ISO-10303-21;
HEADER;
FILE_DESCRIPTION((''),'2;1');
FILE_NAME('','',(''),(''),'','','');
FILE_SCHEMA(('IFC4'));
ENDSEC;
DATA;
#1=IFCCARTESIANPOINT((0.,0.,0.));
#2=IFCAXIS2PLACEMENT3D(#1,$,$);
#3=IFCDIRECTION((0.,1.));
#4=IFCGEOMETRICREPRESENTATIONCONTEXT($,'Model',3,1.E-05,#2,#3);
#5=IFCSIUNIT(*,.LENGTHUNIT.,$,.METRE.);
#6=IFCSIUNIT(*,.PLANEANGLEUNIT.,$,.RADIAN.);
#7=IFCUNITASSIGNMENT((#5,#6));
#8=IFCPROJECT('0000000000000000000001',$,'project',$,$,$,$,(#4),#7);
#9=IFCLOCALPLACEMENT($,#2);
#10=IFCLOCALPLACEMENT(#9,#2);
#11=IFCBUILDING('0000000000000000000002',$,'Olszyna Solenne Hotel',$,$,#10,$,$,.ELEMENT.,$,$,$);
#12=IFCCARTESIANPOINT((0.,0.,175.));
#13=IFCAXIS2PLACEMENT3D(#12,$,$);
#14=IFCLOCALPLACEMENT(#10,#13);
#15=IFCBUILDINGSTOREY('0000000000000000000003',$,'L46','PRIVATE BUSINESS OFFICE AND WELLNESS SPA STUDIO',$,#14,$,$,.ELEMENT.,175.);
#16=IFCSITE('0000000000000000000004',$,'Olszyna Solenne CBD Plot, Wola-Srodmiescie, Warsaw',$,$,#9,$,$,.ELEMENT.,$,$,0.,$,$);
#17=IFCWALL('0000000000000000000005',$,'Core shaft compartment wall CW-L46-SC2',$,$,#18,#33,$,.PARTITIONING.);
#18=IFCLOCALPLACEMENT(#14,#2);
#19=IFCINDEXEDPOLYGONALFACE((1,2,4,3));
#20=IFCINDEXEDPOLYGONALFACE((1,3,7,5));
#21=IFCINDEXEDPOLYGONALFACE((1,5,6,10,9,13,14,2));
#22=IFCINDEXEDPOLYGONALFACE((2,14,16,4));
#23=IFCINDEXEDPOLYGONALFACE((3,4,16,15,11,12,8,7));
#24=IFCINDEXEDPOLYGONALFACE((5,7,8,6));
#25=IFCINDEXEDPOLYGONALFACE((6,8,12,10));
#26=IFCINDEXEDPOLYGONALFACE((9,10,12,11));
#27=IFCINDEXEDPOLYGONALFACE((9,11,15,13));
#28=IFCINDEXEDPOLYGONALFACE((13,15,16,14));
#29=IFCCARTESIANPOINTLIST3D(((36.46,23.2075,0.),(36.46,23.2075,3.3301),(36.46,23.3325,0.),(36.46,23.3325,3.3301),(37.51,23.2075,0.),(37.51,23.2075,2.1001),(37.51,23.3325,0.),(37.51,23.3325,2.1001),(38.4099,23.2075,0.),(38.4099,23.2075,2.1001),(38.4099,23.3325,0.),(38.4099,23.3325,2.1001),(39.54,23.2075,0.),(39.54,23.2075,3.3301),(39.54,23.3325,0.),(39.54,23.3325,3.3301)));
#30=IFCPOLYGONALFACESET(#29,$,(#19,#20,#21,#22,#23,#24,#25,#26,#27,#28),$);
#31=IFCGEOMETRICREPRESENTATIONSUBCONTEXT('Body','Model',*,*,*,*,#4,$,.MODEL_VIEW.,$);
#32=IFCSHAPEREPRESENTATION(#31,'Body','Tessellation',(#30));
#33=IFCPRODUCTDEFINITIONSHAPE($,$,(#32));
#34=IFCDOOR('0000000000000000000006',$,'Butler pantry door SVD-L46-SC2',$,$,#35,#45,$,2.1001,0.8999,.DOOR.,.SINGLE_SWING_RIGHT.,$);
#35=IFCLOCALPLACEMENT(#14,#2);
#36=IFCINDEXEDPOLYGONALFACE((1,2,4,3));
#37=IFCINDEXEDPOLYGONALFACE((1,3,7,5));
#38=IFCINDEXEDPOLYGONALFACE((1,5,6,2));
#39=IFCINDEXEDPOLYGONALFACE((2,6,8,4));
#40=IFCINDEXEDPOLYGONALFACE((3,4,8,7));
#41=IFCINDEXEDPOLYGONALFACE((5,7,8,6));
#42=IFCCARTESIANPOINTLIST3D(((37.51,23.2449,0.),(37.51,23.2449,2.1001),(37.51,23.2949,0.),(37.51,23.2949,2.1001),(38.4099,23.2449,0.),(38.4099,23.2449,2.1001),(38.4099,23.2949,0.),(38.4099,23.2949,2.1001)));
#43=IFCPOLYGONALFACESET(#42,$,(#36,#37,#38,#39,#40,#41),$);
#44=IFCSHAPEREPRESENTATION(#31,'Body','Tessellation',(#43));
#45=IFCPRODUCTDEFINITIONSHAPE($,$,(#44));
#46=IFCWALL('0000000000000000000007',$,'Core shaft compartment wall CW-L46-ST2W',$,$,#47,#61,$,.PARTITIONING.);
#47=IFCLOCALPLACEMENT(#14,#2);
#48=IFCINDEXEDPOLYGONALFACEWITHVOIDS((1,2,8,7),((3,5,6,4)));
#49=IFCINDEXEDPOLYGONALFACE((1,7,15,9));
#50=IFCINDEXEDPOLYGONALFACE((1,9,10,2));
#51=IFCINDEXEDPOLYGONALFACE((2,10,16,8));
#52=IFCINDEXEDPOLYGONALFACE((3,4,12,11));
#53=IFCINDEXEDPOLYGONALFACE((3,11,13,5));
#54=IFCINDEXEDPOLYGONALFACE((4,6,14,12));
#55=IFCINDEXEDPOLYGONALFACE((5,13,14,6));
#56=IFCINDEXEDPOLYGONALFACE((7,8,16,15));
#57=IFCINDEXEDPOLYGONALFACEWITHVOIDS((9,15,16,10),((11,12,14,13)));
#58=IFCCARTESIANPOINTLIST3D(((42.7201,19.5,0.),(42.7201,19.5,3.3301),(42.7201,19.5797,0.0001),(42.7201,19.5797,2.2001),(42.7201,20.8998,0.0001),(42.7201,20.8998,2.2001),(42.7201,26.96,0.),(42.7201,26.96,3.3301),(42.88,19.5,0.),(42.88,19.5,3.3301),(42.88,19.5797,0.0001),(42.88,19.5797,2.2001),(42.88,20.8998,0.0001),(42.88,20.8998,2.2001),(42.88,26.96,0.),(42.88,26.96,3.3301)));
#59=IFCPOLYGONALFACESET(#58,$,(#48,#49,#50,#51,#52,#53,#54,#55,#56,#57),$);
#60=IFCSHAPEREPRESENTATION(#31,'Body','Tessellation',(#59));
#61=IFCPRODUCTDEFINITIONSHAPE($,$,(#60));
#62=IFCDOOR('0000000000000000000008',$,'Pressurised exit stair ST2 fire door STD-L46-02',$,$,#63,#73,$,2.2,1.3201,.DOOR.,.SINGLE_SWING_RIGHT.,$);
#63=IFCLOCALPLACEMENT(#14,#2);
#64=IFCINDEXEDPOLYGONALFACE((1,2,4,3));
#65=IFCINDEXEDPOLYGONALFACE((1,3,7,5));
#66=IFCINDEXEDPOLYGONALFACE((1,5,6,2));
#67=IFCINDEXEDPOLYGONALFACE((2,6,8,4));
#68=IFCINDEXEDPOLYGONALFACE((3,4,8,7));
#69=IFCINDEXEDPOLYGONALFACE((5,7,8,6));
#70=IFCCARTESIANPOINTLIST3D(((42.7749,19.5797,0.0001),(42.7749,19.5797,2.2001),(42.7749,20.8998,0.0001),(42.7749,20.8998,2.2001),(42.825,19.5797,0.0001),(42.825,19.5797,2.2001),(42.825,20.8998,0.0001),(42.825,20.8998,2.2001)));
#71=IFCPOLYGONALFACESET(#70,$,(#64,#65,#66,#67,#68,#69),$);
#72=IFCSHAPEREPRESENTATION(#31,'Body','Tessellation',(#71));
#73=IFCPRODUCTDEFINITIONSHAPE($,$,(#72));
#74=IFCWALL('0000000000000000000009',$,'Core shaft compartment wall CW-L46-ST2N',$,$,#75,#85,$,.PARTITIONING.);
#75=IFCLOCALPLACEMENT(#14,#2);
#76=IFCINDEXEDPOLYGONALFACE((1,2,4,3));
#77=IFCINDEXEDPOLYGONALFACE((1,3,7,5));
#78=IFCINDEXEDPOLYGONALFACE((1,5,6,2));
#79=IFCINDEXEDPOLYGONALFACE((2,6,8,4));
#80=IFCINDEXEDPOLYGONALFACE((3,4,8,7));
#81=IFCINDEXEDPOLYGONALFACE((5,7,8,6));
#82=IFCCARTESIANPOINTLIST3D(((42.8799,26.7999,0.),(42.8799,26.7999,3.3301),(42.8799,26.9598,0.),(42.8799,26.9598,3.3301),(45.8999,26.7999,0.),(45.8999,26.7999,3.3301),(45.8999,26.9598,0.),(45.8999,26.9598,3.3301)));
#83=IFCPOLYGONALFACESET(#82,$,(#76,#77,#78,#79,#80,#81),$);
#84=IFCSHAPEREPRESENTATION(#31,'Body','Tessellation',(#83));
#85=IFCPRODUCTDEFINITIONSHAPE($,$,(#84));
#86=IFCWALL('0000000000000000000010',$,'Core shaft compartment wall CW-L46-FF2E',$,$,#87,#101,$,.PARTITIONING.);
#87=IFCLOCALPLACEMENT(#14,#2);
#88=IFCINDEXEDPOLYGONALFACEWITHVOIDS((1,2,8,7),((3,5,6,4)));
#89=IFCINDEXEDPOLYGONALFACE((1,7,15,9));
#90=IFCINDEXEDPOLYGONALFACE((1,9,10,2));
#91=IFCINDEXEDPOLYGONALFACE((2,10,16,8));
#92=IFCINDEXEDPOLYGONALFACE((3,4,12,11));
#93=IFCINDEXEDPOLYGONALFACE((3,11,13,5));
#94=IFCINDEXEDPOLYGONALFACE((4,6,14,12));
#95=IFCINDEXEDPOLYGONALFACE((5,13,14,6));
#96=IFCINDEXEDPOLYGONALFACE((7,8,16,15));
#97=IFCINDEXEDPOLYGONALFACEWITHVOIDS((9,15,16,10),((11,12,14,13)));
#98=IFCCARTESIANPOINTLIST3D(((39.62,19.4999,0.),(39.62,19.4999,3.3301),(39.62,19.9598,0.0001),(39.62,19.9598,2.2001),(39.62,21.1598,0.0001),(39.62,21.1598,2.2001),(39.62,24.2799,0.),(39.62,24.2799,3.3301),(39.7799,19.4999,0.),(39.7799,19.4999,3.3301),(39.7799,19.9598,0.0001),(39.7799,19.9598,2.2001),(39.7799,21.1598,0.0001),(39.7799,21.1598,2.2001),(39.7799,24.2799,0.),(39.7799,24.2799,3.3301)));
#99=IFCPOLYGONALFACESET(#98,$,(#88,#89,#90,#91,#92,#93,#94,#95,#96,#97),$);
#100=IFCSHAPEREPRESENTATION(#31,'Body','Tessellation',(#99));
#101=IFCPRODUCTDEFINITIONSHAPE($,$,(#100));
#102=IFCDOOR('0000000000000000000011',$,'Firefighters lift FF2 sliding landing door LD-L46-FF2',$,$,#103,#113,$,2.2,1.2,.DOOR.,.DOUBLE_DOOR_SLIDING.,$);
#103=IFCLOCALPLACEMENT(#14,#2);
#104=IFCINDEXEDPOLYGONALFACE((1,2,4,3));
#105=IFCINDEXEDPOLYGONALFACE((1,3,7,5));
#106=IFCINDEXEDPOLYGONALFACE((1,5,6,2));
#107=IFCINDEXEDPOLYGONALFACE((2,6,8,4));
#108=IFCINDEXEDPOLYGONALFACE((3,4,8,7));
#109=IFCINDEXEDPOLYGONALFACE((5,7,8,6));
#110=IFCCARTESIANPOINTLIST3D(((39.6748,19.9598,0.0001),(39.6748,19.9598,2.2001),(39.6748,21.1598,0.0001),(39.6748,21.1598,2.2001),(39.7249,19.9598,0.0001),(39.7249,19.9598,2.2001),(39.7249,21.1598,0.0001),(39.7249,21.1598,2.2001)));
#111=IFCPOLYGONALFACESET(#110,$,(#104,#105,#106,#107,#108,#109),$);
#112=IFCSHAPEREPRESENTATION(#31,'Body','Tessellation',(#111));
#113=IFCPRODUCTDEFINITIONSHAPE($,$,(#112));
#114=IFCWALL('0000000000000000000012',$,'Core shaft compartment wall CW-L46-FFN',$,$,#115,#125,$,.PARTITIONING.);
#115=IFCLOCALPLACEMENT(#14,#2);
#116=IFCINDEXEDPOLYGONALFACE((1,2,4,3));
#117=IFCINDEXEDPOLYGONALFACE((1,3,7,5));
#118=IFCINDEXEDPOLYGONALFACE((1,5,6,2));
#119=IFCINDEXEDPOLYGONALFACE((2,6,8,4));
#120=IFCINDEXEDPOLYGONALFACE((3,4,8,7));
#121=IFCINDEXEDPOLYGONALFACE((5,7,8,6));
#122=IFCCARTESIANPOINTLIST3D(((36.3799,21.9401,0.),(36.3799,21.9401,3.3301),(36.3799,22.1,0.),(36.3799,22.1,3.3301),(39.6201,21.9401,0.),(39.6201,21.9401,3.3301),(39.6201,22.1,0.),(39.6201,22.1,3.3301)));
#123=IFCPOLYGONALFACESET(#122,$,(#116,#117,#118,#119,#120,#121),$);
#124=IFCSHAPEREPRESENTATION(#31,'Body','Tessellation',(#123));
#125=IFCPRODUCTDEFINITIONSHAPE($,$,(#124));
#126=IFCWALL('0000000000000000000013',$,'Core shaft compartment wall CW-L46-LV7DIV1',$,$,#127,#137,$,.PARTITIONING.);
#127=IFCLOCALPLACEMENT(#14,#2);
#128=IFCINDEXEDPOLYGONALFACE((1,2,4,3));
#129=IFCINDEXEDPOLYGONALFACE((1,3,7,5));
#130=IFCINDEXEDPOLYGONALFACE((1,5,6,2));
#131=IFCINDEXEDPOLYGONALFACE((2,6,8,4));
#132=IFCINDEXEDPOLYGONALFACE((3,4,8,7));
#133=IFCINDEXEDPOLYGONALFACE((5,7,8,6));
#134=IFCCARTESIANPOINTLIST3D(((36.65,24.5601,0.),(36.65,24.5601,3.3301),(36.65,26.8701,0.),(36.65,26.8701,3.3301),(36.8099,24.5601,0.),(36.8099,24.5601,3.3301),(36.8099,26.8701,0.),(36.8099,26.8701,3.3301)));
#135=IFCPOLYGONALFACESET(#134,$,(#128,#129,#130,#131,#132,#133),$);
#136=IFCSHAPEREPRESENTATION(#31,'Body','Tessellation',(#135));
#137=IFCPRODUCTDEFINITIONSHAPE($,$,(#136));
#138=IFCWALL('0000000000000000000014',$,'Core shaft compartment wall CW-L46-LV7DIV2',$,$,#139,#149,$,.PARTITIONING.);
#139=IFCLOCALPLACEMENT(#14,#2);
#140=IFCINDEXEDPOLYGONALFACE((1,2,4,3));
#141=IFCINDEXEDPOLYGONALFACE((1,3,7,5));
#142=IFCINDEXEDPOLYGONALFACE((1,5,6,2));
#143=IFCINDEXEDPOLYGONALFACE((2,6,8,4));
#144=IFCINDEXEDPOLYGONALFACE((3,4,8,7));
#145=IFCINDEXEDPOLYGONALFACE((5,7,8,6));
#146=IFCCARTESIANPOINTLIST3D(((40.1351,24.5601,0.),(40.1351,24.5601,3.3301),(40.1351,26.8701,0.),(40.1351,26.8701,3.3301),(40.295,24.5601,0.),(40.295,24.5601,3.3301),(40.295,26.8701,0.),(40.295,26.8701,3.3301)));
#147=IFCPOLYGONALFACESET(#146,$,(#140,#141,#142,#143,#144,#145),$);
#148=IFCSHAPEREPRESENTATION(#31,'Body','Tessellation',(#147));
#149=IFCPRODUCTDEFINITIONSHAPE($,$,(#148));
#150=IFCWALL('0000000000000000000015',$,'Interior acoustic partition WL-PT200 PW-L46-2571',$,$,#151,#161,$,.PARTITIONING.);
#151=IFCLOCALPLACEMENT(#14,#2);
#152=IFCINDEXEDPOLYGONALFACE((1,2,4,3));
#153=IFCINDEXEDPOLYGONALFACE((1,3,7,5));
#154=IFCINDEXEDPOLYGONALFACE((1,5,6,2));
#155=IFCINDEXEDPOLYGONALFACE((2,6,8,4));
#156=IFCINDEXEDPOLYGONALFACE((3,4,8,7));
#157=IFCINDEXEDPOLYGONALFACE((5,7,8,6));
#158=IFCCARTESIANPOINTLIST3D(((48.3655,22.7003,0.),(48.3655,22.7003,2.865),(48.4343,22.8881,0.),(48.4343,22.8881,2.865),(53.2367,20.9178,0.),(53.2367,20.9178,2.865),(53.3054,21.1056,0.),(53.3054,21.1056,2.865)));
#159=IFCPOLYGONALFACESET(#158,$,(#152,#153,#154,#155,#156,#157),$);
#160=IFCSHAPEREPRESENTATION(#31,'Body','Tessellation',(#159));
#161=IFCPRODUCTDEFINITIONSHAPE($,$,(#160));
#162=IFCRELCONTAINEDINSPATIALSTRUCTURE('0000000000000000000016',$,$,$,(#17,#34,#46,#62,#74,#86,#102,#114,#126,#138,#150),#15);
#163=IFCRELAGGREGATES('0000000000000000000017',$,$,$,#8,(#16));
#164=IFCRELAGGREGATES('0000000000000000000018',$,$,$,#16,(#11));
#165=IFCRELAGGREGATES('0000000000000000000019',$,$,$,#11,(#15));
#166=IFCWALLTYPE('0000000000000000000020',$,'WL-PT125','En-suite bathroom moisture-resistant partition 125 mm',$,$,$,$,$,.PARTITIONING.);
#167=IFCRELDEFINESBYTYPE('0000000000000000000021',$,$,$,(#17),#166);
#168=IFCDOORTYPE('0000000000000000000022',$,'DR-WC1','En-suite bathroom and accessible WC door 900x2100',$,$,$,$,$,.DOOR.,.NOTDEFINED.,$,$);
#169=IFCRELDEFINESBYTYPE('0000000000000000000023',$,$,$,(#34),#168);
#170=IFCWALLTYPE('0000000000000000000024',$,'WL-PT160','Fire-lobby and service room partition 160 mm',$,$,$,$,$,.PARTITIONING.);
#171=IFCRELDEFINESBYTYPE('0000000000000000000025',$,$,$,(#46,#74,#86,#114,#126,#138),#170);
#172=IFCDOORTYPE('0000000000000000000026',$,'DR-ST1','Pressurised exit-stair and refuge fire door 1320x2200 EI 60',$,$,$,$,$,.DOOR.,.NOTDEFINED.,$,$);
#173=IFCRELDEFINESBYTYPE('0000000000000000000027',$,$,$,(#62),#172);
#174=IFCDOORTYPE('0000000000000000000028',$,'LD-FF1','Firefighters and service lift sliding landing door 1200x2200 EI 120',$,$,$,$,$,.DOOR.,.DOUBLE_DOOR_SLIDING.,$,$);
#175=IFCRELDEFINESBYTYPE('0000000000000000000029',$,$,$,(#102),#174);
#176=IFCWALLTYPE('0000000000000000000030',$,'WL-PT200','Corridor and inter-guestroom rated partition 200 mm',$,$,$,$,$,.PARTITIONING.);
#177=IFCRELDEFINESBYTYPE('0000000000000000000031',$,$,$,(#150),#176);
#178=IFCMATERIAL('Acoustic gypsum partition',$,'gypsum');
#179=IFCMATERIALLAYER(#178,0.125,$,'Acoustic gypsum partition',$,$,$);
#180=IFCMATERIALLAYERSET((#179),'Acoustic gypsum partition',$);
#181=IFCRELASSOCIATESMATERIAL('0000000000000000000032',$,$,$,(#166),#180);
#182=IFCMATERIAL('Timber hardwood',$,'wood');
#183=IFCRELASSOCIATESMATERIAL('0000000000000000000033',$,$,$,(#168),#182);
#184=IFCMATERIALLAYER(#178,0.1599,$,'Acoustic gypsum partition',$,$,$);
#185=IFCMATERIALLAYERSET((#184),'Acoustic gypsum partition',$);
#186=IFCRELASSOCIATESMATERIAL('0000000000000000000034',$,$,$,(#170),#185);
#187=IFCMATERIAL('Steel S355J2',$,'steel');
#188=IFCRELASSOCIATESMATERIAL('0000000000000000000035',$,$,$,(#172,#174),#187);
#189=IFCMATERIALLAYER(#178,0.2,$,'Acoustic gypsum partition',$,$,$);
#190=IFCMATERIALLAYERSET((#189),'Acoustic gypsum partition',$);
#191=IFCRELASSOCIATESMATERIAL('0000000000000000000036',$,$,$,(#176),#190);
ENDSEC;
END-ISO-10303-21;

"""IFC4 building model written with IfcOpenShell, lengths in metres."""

from ifc_helpers import new_model, si_unit, direction, frame, frame_2d, origin, place, context, subcontext, project, spatial, rectangle, extrude, source, transform, mapped, material, layer, layer_set, type_object, type_shapes, element, fill, save


model = new_model("IFC4")

# Units and contexts
model_context = context("Model", 3, precision=1e-05, world=origin(), true_north=direction((0.0, 1.0)))
body_context = subcontext(model_context, "Body", "Model", "MODEL_VIEW")
ifc_project = project(units=[si_unit("LENGTHUNIT", "METRE"), si_unit("PLANEANGLEUNIT", "RADIAN")], contexts=[model_context])

# Site, building, storey
site_placement = place(None, origin())
site = spatial("IfcSite", under=ifc_project, at=site_placement, Name="Olszyna Solenne CBD Plot, Wola-Srodmiescie, Warsaw", CompositionType="ELEMENT", RefElevation=0.0)
building_placement = place(site_placement, origin())
building = spatial("IfcBuilding", under=site, at=building_placement, Name="Olszyna Solenne Hotel", CompositionType="ELEMENT")
storey_placement = place(building_placement, frame((0.0, 0.0, 175.0)))
storey = spatial("IfcBuildingStorey", under=building, at=storey_placement, Name="L46", Description="PRIVATE BUSINESS OFFICE AND WELLNESS SPA STUDIO", CompositionType="ELEMENT", Elevation=175.0)

# Shared definitions
ifc_material_1 = material(Name="Steel S355J2", Category="steel")

# Walls, openings, doors
ifc_material_2 = material(Name="Acoustic gypsum partition", Category="gypsum")
ifc_layer_1 = layer(ifc_material_2, 0.125, Name="Acoustic gypsum partition")
ifc_layer_set_1 = layer_set([ifc_layer_1], Name="Acoustic gypsum partition")
wall_type_1 = type_object("IfcWallType", Name="WL-PT125", Description="En-suite bathroom moisture-resistant partition 125 mm", PredefinedType="PARTITIONING", material=ifc_layer_set_1)
wall_1_placement = place(storey_placement, frame((36.46, 23.27, 0.0), z_axis=(0.0, 0.0, 1.0), x_axis=(1.0, 0.0, 0.0)))
wall_1 = element("IfcWall", 1, at=wall_1_placement, inside=storey, type_object=wall_type_1, Name="Core shaft compartment wall CW-L46-SC2", PredefinedType="PARTITIONING", context=body_context, shape_type="SweptSolid", body=[
    extrude(rectangle(XDim=3.0801, YDim=0.125, at=frame_2d((1.54, 0.0))), origin(), (0.0, 0.0, 1.0), 3.3301),
])
opening_1_placement = place(wall_1_placement, frame((1.05, 0.0, 0.0)))
opening_1 = element("IfcOpeningElement", 2, at=opening_1_placement, cuts=wall_1, PredefinedType="OPENING", context=body_context, shape_type="SweptSolid", body=[
    extrude(rectangle(XDim=0.8999, YDim=2.1001, at=frame_2d((0.45, 1.05))), frame((0.0, 0.0725, 0.0), z_axis=(0.0, -1.0, 0.0), x_axis=(1.0, 0.0, 0.0)), (0.0, 0.0, 1.0), 0.145),
])
ifc_material_3 = material(Name="Timber hardwood", Category="wood")
door_type_1 = type_object("IfcDoorType", Name="DR-WC1", Description="En-suite bathroom and accessible WC door 900x2100", OperationType="NOTDEFINED", PredefinedType="DOOR", material=ifc_material_3)
shared_shape_1 = source(origin(), body_context, "Body", "SweptSolid", [
    extrude(rectangle(XDim=0.8999, YDim=2.1001, at=frame_2d((0.45, 1.05))), frame((0.0, 0.0249, 0.0), z_axis=(0.0, -1.0, 0.0), x_axis=(1.0, 0.0, 0.0)), (0.0, 0.0, 1.0), 0.05),
])
type_shapes(door_type_1, [shared_shape_1])
door_1_placement = place(opening_1_placement, origin())
door_1 = element("IfcDoor", 3, at=door_1_placement, inside=storey, type_object=door_type_1, Name="Butler pantry door SVD-L46-SC2", OperationType="SINGLE_SWING_RIGHT", OverallHeight=2.1001, OverallWidth=0.8999, PredefinedType="DOOR", context=body_context, shape_type="MappedRepresentation", body=[
    mapped(shared_shape_1, transform((0.0, 0.0, 0.0), x_axis=(1.0, 0.0, 0.0), y_axis=(0.0, 1.0, 0.0), z_axis=(0.0, 0.0, 1.0), scale=1.0)),
])
fill(opening_1, door_1)
ifc_layer_2 = layer(ifc_material_2, 0.1599, Name="Acoustic gypsum partition")
ifc_layer_set_2 = layer_set([ifc_layer_2], Name="Acoustic gypsum partition")
wall_type_2 = type_object("IfcWallType", Name="WL-PT160", Description="Fire-lobby and service room partition 160 mm", PredefinedType="PARTITIONING", material=ifc_layer_set_2)
wall_2_placement = place(storey_placement, frame((42.8, 26.96, 0.0), z_axis=(0.0, 0.0, 1.0), x_axis=(0.0, -1.0, 0.0)))
wall_2 = element("IfcWall", 4, at=wall_2_placement, inside=storey, type_object=wall_type_2, Name="Core shaft compartment wall CW-L46-ST2W", PredefinedType="PARTITIONING", context=body_context, shape_type="SweptSolid", body=[
    extrude(rectangle(XDim=7.46, YDim=0.1599, at=frame_2d((3.73, 0.0))), origin(), (0.0, 0.0, 1.0), 3.3301),
])
opening_2_placement = place(wall_2_placement, frame((6.0601, 0.0, 0.0)))
opening_2 = element("IfcOpeningElement", 5, at=opening_2_placement, cuts=wall_2, PredefinedType="OPENING", context=body_context, shape_type="SweptSolid", body=[
    extrude(rectangle(XDim=1.3201, YDim=2.2, at=frame_2d((0.6602, 1.1001))), frame((0.0, 0.0898, 0.0), z_axis=(0.0, -1.0, 0.0), x_axis=(1.0, 0.0, 0.0)), (0.0, 0.0, 1.0), 0.1799),
])
door_type_2 = type_object("IfcDoorType", Name="DR-ST1", Description="Pressurised exit-stair and refuge fire door 1320x2200 EI 60", OperationType="NOTDEFINED", PredefinedType="DOOR", material=ifc_material_1)
shared_shape_2 = source(origin(), body_context, "Body", "SweptSolid", [
    extrude(rectangle(XDim=1.3201, YDim=2.2, at=frame_2d((0.6602, 1.1001))), frame((0.0, 0.0249, 0.0), z_axis=(0.0, -1.0, 0.0), x_axis=(1.0, 0.0, 0.0)), (0.0, 0.0, 1.0), 0.05),
])
type_shapes(door_type_2, [shared_shape_2])
door_2_placement = place(opening_2_placement, origin())
door_2 = element("IfcDoor", 6, at=door_2_placement, inside=storey, type_object=door_type_2, Name="Pressurised exit stair ST2 fire door STD-L46-02", OperationType="SINGLE_SWING_RIGHT", OverallHeight=2.2, OverallWidth=1.3201, PredefinedType="DOOR", context=body_context, shape_type="MappedRepresentation", body=[
    mapped(shared_shape_2, transform((0.0, 0.0, 0.0), x_axis=(1.0, 0.0, 0.0), y_axis=(0.0, 1.0, 0.0), z_axis=(0.0, 0.0, 1.0), scale=1.0)),
])
fill(opening_2, door_2)

# Wall
wall_3_placement = place(storey_placement, frame((42.8799, 26.8799, 0.0), z_axis=(0.0, 0.0, 1.0), x_axis=(1.0, 0.0, 0.0)))
element("IfcWall", 7, at=wall_3_placement, inside=storey, type_object=wall_type_2, Name="Core shaft compartment wall CW-L46-ST2N", PredefinedType="PARTITIONING", context=body_context, shape_type="SweptSolid", body=[
    extrude(rectangle(XDim=3.02, YDim=0.1599, at=frame_2d((1.51, 0.0))), origin(), (0.0, 0.0, 1.0), 3.3301),
])

# Wall, opening, door
wall_4_placement = place(storey_placement, frame((39.7, 24.28, 0.0), z_axis=(0.0, 0.0, 1.0), x_axis=(0.0, -1.0, 0.0)))
wall_4 = element("IfcWall", 8, at=wall_4_placement, inside=storey, type_object=wall_type_2, Name="Core shaft compartment wall CW-L46-FF2E", PredefinedType="PARTITIONING", context=body_context, shape_type="SweptSolid", body=[
    extrude(rectangle(XDim=4.78, YDim=0.1599, at=frame_2d((2.3901, 0.0))), origin(), (0.0, 0.0, 1.0), 3.3301),
])
opening_3_placement = place(wall_4_placement, frame((3.1201, 0.0, 0.0)))
opening_3 = element("IfcOpeningElement", 9, at=opening_3_placement, cuts=wall_4, PredefinedType="OPENING", context=body_context, shape_type="SweptSolid", body=[
    extrude(rectangle(XDim=1.2, YDim=2.2, at=frame_2d((0.6001, 1.1001))), frame((0.0, 0.0898, 0.0), z_axis=(0.0, -1.0, 0.0), x_axis=(1.0, 0.0, 0.0)), (0.0, 0.0, 1.0), 0.1799),
])
door_type_3 = type_object("IfcDoorType", Name="LD-FF1", Description="Firefighters and service lift sliding landing door 1200x2200 EI 120", OperationType="DOUBLE_DOOR_SLIDING", PredefinedType="DOOR", material=ifc_material_1)
shared_shape_3 = source(origin(), body_context, "Body", "SweptSolid", [
    extrude(rectangle(XDim=1.2, YDim=2.2, at=frame_2d((0.6001, 1.1001))), frame((0.0, 0.0249, 0.0), z_axis=(0.0, -1.0, 0.0), x_axis=(1.0, 0.0, 0.0)), (0.0, 0.0, 1.0), 0.05),
])
type_shapes(door_type_3, [shared_shape_3])
door_3_placement = place(opening_3_placement, origin())
door_3 = element("IfcDoor", 10, at=door_3_placement, inside=storey, type_object=door_type_3, Name="Firefighters lift FF2 sliding landing door LD-L46-FF2", OperationType="DOUBLE_DOOR_SLIDING", OverallHeight=2.2, OverallWidth=1.2, PredefinedType="DOOR", context=body_context, shape_type="MappedRepresentation", body=[
    mapped(shared_shape_3, transform((0.0, 0.0, 0.0), x_axis=(1.0, 0.0, 0.0), y_axis=(0.0, 1.0, 0.0), z_axis=(0.0, 0.0, 1.0), scale=1.0)),
])
fill(opening_3, door_3)

# Walls
wall_5_placement = place(storey_placement, frame((36.3799, 22.02, 0.0), z_axis=(0.0, 0.0, 1.0), x_axis=(1.0, 0.0, 0.0)))
element("IfcWall", 11, at=wall_5_placement, inside=storey, type_object=wall_type_2, Name="Core shaft compartment wall CW-L46-FFN", PredefinedType="PARTITIONING", context=body_context, shape_type="SweptSolid", body=[
    extrude(rectangle(XDim=3.2402, YDim=0.1599, at=frame_2d((1.6201, 0.0))), origin(), (0.0, 0.0, 1.0), 3.3301),
])
for number, where, z_axis, x_axis, name in (
    (12, (36.73, 24.5601, 0.0), (0.0, 0.0, 1.0), (0.0, 1.0, 0.0), "Core shaft compartment wall CW-L46-LV7DIV1"),
    (13, (40.2151, 24.5601, 0.0), (0.0, 0.0, 1.0), (0.0, 1.0, 0.0), "Core shaft compartment wall CW-L46-LV7DIV2"),
):
    element("IfcWall", number, at=place(storey_placement, frame(where, z_axis=z_axis, x_axis=x_axis)), inside=storey, type_object=wall_type_2, Name=name, PredefinedType="PARTITIONING", context=body_context, shape_type="SweptSolid", body=[
        extrude(rectangle(XDim=2.3101, YDim=0.1599, at=frame_2d((1.155, 0.0))), origin(), (0.0, 0.0, 1.0), 3.3301),
    ])
ifc_layer_3 = layer(ifc_material_2, 0.2, Name="Acoustic gypsum partition")
ifc_layer_set_3 = layer_set([ifc_layer_3], Name="Acoustic gypsum partition")
wall_type_3 = type_object("IfcWallType", Name="WL-PT200", Description="Corridor and inter-guestroom rated partition 200 mm", PredefinedType="PARTITIONING", material=ifc_layer_set_3)
wall_6_placement = place(storey_placement, frame((48.3999, 22.7942, 0.0), z_axis=(0.0, 0.0, 1.0), x_axis=(0.9391, -0.343643, 0.0)))
element("IfcWall", 14, at=wall_6_placement, inside=storey, type_object=wall_type_3, Name="Interior acoustic partition WL-PT200 PW-L46-2571", PredefinedType="PARTITIONING", context=body_context, shape_type="SweptSolid", body=[
    extrude(rectangle(XDim=5.187, YDim=0.2, at=frame_2d((2.5935, 0.0))), origin(), (0.0, 0.0, 1.0), 2.865),
])

save(model, "model.ifc")
